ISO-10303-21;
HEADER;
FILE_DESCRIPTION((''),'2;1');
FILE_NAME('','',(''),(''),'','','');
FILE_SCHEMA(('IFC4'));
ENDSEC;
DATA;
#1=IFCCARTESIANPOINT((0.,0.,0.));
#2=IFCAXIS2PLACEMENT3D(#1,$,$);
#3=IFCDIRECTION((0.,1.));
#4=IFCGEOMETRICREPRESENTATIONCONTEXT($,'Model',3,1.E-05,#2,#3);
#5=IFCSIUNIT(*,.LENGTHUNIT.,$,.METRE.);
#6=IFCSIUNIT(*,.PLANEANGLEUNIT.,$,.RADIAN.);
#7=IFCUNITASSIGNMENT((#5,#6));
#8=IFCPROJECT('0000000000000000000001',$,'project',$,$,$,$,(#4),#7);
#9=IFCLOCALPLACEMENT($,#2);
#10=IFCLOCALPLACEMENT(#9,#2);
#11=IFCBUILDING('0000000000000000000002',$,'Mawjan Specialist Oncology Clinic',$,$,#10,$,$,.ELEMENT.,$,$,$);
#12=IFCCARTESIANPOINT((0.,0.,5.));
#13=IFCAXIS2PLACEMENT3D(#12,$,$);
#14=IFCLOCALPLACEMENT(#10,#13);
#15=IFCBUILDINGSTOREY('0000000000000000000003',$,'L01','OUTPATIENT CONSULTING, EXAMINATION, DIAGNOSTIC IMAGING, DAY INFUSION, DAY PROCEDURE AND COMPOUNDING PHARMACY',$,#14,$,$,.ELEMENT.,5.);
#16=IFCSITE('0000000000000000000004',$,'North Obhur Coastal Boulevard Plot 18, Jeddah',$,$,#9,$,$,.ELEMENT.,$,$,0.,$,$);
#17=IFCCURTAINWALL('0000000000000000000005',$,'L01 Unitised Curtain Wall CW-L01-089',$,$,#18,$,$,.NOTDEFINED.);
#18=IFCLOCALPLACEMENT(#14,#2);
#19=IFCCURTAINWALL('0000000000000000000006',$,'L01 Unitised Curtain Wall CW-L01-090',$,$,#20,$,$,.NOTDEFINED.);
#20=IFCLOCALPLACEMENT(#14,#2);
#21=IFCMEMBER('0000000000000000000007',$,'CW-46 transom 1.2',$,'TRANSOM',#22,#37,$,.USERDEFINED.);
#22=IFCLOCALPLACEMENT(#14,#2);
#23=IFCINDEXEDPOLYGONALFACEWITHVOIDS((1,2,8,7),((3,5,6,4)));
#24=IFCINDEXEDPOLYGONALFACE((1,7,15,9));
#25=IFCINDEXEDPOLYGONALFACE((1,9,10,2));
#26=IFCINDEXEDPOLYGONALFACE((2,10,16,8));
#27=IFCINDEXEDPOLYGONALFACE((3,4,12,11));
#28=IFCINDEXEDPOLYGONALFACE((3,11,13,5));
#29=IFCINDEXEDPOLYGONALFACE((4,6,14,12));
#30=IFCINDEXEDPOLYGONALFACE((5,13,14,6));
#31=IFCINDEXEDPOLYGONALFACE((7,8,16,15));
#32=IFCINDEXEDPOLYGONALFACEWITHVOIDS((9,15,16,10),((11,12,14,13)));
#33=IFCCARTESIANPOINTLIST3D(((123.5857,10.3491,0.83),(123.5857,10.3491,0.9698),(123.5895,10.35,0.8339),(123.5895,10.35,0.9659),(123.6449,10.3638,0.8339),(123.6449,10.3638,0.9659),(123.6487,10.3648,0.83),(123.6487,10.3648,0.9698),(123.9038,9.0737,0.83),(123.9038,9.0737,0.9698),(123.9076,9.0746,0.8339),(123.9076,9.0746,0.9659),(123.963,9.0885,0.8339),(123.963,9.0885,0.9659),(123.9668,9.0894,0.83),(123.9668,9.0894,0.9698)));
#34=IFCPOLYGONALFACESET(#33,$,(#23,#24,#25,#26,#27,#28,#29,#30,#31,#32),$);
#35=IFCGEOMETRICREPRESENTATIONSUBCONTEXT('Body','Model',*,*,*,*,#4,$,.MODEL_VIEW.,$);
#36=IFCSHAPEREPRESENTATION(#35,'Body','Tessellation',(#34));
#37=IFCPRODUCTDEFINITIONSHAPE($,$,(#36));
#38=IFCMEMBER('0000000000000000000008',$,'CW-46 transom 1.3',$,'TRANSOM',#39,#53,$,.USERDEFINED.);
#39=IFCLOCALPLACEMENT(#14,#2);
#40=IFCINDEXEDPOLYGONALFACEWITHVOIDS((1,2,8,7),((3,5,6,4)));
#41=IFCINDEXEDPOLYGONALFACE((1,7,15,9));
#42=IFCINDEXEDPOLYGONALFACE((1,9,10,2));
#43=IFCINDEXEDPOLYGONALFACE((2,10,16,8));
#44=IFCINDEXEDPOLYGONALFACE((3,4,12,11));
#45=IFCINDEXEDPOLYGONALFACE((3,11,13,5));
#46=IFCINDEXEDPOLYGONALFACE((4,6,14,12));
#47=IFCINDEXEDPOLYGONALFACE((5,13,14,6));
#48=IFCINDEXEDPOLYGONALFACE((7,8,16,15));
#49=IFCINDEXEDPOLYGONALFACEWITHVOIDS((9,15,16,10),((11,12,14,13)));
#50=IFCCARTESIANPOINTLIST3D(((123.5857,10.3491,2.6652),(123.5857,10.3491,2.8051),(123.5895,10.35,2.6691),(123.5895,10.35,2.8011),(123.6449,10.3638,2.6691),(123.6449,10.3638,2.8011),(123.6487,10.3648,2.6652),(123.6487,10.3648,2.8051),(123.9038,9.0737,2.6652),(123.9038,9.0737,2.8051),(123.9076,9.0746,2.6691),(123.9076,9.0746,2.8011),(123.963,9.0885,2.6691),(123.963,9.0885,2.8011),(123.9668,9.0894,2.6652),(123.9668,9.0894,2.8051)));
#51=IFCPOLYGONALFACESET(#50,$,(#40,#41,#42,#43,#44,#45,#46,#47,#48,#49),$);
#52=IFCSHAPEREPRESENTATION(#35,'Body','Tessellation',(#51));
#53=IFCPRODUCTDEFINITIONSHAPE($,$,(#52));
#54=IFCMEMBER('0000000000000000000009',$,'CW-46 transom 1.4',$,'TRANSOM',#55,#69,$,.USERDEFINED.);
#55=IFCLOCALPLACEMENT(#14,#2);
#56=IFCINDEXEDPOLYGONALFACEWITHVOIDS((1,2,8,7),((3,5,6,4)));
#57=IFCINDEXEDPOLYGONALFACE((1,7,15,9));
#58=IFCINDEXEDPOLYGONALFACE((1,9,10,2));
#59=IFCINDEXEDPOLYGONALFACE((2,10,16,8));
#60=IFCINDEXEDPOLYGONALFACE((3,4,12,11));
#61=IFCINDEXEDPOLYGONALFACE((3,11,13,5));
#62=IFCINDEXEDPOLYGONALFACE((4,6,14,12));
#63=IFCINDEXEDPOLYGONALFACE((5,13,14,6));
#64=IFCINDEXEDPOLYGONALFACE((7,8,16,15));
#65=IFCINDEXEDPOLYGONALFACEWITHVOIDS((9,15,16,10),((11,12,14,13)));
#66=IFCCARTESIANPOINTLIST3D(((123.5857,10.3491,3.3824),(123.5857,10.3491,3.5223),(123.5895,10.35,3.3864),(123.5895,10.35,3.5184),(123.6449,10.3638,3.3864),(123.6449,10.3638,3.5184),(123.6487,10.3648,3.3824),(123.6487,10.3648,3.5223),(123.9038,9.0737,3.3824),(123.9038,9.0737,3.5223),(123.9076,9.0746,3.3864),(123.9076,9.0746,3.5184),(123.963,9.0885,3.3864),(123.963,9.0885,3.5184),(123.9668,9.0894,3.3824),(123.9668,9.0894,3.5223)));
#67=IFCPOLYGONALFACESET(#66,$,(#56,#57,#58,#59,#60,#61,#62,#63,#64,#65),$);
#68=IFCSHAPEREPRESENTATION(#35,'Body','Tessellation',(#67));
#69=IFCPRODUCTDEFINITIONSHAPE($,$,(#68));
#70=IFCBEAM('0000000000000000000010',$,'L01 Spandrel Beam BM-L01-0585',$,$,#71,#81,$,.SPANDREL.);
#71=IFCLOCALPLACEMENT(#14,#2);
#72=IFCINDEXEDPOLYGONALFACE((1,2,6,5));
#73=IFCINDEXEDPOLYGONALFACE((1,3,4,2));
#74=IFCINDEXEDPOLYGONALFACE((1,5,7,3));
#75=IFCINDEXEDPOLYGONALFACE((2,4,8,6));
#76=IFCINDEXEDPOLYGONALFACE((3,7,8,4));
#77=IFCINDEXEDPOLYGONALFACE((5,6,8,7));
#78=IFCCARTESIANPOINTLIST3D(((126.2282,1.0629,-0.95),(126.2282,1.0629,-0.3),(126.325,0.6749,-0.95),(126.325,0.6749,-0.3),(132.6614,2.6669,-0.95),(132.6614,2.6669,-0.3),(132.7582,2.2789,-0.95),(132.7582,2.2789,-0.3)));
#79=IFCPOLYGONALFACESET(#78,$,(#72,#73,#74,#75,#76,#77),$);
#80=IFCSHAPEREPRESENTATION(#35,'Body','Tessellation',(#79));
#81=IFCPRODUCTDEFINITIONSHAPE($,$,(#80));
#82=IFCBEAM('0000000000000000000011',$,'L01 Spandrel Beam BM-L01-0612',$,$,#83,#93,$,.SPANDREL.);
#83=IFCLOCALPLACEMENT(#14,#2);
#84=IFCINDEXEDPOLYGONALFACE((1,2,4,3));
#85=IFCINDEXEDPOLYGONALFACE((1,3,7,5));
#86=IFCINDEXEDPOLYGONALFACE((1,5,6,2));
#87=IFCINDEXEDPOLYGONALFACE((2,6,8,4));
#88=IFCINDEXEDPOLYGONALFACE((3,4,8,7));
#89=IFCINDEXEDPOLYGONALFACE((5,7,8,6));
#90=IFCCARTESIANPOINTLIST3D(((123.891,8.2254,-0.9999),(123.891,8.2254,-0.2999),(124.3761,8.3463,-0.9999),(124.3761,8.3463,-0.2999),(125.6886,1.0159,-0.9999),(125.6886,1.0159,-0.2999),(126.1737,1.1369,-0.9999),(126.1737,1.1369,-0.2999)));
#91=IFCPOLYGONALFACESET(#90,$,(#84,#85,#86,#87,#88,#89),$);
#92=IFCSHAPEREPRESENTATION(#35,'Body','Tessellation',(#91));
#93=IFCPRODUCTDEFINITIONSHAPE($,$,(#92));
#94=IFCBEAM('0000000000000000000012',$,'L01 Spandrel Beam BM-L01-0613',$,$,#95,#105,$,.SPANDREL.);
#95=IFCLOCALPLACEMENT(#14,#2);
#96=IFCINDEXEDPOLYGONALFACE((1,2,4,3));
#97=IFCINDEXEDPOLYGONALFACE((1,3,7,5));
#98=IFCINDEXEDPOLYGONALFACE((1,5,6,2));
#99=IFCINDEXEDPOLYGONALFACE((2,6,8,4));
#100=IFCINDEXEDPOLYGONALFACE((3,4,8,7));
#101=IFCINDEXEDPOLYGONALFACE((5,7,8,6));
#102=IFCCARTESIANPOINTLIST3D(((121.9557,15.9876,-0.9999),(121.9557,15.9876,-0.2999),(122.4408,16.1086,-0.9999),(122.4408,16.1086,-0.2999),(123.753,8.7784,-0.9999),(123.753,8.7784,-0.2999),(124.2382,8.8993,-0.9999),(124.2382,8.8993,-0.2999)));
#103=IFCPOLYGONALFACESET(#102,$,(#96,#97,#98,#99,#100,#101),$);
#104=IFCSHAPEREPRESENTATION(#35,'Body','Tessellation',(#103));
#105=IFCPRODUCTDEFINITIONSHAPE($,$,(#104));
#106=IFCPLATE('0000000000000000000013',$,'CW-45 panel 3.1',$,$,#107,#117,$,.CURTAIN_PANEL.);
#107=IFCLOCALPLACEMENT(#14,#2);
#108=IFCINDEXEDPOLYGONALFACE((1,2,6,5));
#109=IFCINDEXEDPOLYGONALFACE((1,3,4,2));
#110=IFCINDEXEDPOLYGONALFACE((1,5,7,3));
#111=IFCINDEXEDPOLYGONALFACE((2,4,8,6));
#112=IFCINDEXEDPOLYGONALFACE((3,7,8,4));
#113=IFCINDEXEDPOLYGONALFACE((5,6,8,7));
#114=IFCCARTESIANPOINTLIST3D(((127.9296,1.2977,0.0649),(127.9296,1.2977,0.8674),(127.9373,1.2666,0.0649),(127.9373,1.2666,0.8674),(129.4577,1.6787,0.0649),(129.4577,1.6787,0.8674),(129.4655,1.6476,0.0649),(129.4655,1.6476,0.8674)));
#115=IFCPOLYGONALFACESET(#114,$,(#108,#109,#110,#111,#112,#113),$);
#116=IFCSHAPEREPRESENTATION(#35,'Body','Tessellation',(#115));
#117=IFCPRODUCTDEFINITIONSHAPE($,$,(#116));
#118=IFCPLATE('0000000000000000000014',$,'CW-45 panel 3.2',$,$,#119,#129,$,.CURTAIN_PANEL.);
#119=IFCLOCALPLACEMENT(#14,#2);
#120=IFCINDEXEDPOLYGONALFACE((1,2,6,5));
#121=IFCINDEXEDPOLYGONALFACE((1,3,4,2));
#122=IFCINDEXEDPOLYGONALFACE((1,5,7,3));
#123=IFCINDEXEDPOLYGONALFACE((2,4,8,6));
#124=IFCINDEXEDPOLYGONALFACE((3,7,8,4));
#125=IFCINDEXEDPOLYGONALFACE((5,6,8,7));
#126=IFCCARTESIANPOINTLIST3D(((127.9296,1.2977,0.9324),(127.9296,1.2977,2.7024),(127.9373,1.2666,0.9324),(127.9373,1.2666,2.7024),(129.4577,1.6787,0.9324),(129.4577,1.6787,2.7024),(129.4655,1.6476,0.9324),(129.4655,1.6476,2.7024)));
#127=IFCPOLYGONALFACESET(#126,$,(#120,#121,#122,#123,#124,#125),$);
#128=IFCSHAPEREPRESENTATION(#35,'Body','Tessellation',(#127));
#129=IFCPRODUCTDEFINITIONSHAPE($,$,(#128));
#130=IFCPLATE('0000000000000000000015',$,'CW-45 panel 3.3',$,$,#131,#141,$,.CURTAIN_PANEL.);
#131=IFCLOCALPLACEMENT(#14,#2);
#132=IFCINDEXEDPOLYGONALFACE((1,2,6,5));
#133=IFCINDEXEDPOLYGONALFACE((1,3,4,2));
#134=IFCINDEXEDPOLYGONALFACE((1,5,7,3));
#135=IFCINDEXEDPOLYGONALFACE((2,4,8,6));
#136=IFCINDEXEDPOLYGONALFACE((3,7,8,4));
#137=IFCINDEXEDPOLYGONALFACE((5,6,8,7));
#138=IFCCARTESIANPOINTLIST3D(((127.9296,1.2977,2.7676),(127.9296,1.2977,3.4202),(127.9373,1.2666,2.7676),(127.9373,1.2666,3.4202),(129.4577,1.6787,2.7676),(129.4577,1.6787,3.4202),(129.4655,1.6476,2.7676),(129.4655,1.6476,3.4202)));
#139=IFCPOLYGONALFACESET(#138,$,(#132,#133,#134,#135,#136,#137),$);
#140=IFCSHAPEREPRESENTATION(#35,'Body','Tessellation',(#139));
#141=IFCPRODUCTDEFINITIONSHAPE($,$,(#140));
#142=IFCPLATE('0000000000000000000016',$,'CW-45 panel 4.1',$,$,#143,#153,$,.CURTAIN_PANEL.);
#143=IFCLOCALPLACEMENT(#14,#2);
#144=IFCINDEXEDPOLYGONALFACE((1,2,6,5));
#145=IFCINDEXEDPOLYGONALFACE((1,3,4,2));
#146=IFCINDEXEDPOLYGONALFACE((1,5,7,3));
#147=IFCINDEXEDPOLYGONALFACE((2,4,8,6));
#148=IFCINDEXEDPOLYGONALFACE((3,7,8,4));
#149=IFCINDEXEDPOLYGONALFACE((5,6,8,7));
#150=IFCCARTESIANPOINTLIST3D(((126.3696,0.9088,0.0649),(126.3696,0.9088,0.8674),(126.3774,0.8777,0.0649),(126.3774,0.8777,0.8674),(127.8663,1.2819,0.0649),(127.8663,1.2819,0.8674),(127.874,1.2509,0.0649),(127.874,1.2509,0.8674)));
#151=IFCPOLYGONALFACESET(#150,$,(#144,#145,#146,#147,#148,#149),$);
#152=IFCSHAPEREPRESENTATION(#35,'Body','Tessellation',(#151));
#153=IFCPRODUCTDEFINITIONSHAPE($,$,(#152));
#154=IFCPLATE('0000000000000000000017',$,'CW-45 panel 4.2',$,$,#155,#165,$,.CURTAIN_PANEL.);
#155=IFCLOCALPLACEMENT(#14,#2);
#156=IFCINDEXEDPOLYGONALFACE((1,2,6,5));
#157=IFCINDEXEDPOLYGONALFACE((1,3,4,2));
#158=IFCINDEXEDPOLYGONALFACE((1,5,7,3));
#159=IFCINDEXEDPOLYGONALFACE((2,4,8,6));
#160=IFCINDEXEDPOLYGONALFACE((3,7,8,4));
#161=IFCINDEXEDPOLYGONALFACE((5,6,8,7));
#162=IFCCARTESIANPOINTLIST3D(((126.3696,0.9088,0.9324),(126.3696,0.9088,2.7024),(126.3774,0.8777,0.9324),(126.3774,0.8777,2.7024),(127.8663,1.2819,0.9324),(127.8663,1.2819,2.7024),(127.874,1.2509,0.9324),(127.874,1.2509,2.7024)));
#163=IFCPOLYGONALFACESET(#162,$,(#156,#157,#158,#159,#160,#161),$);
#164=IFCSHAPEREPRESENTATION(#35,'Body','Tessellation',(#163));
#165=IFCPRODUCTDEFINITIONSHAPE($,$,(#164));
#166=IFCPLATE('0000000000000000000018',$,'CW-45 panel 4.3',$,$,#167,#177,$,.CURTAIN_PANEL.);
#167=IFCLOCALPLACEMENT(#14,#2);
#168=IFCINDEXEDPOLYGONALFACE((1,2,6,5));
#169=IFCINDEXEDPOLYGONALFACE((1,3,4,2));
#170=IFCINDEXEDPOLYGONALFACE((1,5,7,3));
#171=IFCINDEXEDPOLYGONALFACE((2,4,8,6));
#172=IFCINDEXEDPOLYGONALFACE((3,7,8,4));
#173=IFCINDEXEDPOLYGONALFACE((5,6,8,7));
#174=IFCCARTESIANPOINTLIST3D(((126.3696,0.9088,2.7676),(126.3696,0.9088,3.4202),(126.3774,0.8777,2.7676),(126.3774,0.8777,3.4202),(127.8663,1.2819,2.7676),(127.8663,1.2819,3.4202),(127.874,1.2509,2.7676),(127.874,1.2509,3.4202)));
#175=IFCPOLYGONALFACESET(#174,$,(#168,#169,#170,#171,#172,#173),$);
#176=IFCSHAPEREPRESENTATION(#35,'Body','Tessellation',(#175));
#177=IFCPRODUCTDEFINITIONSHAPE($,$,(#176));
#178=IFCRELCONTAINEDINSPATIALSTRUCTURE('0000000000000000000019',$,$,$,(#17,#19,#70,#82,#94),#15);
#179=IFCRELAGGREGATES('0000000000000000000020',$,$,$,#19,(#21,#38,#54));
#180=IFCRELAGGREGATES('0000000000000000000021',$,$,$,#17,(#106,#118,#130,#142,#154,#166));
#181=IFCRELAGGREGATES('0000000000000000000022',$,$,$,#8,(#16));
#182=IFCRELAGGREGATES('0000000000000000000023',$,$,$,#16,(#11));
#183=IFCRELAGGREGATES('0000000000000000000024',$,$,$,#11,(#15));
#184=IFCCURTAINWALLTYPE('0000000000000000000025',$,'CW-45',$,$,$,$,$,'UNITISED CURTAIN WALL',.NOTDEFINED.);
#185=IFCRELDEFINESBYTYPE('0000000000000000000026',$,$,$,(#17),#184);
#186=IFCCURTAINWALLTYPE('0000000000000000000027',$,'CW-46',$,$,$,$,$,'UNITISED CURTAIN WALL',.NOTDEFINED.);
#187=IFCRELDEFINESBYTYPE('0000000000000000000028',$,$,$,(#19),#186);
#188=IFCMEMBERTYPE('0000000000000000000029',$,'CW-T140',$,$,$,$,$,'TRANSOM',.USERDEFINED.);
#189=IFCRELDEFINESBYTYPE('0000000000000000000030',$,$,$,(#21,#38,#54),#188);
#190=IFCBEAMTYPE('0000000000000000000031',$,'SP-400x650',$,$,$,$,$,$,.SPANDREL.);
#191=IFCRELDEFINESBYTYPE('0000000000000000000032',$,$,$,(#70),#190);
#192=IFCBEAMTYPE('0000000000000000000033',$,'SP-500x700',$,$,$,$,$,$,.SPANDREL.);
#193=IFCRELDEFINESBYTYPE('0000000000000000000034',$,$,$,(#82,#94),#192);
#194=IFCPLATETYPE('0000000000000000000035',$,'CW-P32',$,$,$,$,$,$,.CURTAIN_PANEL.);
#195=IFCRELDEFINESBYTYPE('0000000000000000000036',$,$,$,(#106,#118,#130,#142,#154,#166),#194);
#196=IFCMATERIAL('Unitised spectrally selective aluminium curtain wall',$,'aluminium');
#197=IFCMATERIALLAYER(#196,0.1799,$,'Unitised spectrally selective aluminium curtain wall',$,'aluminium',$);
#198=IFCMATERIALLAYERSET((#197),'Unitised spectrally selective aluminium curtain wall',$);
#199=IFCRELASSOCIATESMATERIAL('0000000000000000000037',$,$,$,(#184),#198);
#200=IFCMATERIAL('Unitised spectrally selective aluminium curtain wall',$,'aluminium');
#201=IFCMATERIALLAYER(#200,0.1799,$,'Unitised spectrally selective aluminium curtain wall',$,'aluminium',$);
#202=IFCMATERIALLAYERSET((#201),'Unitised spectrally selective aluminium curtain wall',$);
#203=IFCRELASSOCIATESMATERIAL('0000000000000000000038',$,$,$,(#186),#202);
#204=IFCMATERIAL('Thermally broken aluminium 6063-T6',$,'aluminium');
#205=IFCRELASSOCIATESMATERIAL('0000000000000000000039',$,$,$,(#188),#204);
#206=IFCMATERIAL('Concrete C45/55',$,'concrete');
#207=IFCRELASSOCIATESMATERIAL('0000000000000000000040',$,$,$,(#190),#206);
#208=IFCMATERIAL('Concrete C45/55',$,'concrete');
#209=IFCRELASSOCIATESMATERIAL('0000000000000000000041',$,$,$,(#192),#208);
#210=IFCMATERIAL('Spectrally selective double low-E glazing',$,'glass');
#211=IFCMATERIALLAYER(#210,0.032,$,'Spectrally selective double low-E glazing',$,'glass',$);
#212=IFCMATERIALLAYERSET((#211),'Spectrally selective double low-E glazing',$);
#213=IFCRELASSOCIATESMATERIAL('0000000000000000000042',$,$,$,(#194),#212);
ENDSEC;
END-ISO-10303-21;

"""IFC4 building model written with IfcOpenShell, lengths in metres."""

from ifc_helpers import new_model, si_unit, direction, frame, origin, origin_2d, place, context, subcontext, project, spatial, rectangle, hollow_rectangle, extrude, material, layer, layer_set, material_profile, profile_set, type_object, element, aggregate, save


model = new_model("IFC4")

# Units and contexts
model_context = context("Model", 3, precision=1e-05, world=origin(), true_north=direction((0.0, 1.0)))
body_context = subcontext(model_context, "Body", "Model", "MODEL_VIEW")
ifc_project = project(units=[si_unit("LENGTHUNIT", "METRE"), si_unit("PLANEANGLEUNIT", "RADIAN")], contexts=[model_context])

# Site, building, storey
site_placement = place(None, origin())
site = spatial("IfcSite", under=ifc_project, at=site_placement, Name="North Obhur Coastal Boulevard Plot 18, Jeddah", CompositionType="ELEMENT", RefElevation=0.0)
building_placement = place(site_placement, origin())
building = spatial("IfcBuilding", under=site, at=building_placement, Name="Mawjan Specialist Oncology Clinic", CompositionType="ELEMENT")
storey_placement = place(building_placement, frame((0.0, 0.0, 5.0)))
storey = spatial("IfcBuildingStorey", under=building, at=storey_placement, Name="L01", Description="OUTPATIENT CONSULTING, EXAMINATION, DIAGNOSTIC IMAGING, DAY INFUSION, DAY PROCEDURE AND COMPOUNDING PHARMACY", CompositionType="ELEMENT", Elevation=5.0)

# Curtain wall
ifc_material_1 = material(Name="Unitised spectrally selective aluminium curtain wall", Category="aluminium")
ifc_layer_1 = layer(ifc_material_1, 0.1799, Name="Unitised spectrally selective aluminium curtain wall", Category="aluminium")
ifc_layer_set_1 = layer_set([ifc_layer_1], Name="Unitised spectrally selective aluminium curtain wall")
curtain_wall_type_1 = type_object("IfcCurtainWallType", Name="CW-45", ElementType="UNITISED CURTAIN WALL", PredefinedType="NOTDEFINED", material=ifc_layer_set_1)
curtain_wall_1_placement = place(storey_placement, origin())
curtain_wall_1 = element("IfcCurtainWall", 1, at=curtain_wall_1_placement, inside=storey, type_object=curtain_wall_type_1, Name="L01 Unitised Curtain Wall CW-L01-089", PredefinedType="NOTDEFINED")

# Curtain wall
ifc_material_2 = material(Name="Unitised spectrally selective aluminium curtain wall", Category="aluminium")
ifc_layer_2 = layer(ifc_material_2, 0.1799, Name="Unitised spectrally selective aluminium curtain wall", Category="aluminium")
ifc_layer_set_2 = layer_set([ifc_layer_2], Name="Unitised spectrally selective aluminium curtain wall")
curtain_wall_type_2 = type_object("IfcCurtainWallType", Name="CW-46", ElementType="UNITISED CURTAIN WALL", PredefinedType="NOTDEFINED", material=ifc_layer_set_2)
curtain_wall_2_placement = place(storey_placement, origin())
curtain_wall_2 = element("IfcCurtainWall", 2, at=curtain_wall_2_placement, inside=storey, type_object=curtain_wall_type_2, Name="L01 Unitised Curtain Wall CW-L01-090", PredefinedType="NOTDEFINED")

# Members
ifc_material_3 = material(Name="Thermally broken aluminium 6063-T6", Category="aluminium")
ifc_material_profile_1 = material_profile(ifc_material_3, hollow_rectangle(XDim=0.0649, YDim=0.1399, WallThickness=0.0039, at=origin_2d()), Name="ALU TRANSOM 140x65x4", Category="aluminium")
ifc_profile_set_1 = profile_set([ifc_material_profile_1], Name="Thermally broken aluminium 6063-T6")
member_type_1 = type_object("IfcMemberType", Name="CW-T140", ElementType="TRANSOM", PredefinedType="USERDEFINED", material=ifc_profile_set_1)
member_1_placement = place(storey_placement, frame((123.9353, 9.0815, 0.8999), z_axis=(-0.242011, 0.970273, 0.0), x_axis=(-0.970273, -0.242011, 0.0)))
member_1 = element("IfcMember", 3, at=member_1_placement, type_object=member_type_1, Name="CW-46 transom 1.2", ObjectType="TRANSOM", PredefinedType="USERDEFINED", context=body_context, shape_type="SweptSolid", body=[
    extrude(hollow_rectangle(XDim=0.0649, YDim=0.1399, WallThickness=0.0039, at=origin_2d()), origin(), (0.0, 0.0, 1.0), 1.3145),
])
member_2_placement = place(storey_placement, frame((123.9353, 9.0815, 2.7351), z_axis=(-0.242011, 0.970273, 0.0), x_axis=(-0.970273, -0.242011, 0.0)))
member_2 = element("IfcMember", 4, at=member_2_placement, type_object=member_type_1, Name="CW-46 transom 1.3", ObjectType="TRANSOM", PredefinedType="USERDEFINED", context=body_context, shape_type="SweptSolid", body=[
    extrude(hollow_rectangle(XDim=0.0649, YDim=0.1399, WallThickness=0.0039, at=origin_2d()), origin(), (0.0, 0.0, 1.0), 1.3145),
])
member_3_placement = place(storey_placement, frame((123.9353, 9.0815, 3.4524), z_axis=(-0.242011, 0.970273, 0.0), x_axis=(-0.970273, -0.242011, 0.0)))
member_3 = element("IfcMember", 5, at=member_3_placement, type_object=member_type_1, Name="CW-46 transom 1.4", ObjectType="TRANSOM", PredefinedType="USERDEFINED", context=body_context, shape_type="SweptSolid", body=[
    extrude(hollow_rectangle(XDim=0.0649, YDim=0.1399, WallThickness=0.0039, at=origin_2d()), origin(), (0.0, 0.0, 1.0), 1.3145),
])
aggregate(curtain_wall_2, [member_1, member_2, member_3])

# Beams
ifc_material_4 = material(Name="Concrete C45/55", Category="concrete")
ifc_material_profile_2 = material_profile(ifc_material_4, rectangle(XDim=0.3999, YDim=0.6499, at=origin_2d()), Name="RC BM 400x650", Category="concrete")
ifc_profile_set_2 = profile_set([ifc_material_profile_2], Name="Concrete C45/55")
beam_type_1 = type_object("IfcBeamType", Name="SP-400x650", PredefinedType="SPANDREL", material=ifc_profile_set_2)
beam_1_placement = place(storey_placement, frame((126.2766, 0.8689, -0.625), z_axis=(0.970294, 0.241929, 0.0), x_axis=(-0.241929, 0.970294, 0.0)))
element("IfcBeam", 6, at=beam_1_placement, inside=storey, type_object=beam_type_1, Name="L01 Spandrel Beam BM-L01-0585", PredefinedType="SPANDREL", context=body_context, shape_type="SweptSolid", body=[
    extrude(rectangle(XDim=0.3999, YDim=0.6499, at=origin_2d()), origin(), (0.0, 0.0, 1.0), 6.6301),
])
ifc_material_5 = material(Name="Concrete C45/55", Category="concrete")
ifc_material_profile_3 = material_profile(ifc_material_5, rectangle(XDim=0.5, YDim=0.7, at=origin_2d()), Name="RC BM 500x700", Category="concrete")
ifc_profile_set_3 = profile_set([ifc_material_profile_3], Name="Concrete C45/55")
beam_type_2 = type_object("IfcBeamType", Name="SP-500x700", PredefinedType="SPANDREL", material=ifc_profile_set_3)
beam_2_placement = place(storey_placement, frame((125.9312, 1.0764, -0.6499), z_axis=(-0.241933, 0.970293, 0.0), x_axis=(-0.970293, -0.241933, 0.0)))
element("IfcBeam", 7, at=beam_2_placement, inside=storey, type_object=beam_type_2, Name="L01 Spandrel Beam BM-L01-0612", PredefinedType="SPANDREL", context=body_context, shape_type="SweptSolid", body=[
    extrude(rectangle(XDim=0.5, YDim=0.7, at=origin_2d()), origin(), (0.0, 0.0, 1.0), 7.4302),
])
beam_3_placement = place(storey_placement, frame((123.9956, 8.8389, -0.6499), z_axis=(-0.241909, 0.970299, 0.0), x_axis=(-0.970299, -0.241909, 0.0)))
element("IfcBeam", 8, at=beam_3_placement, inside=storey, type_object=beam_type_2, Name="L01 Spandrel Beam BM-L01-0613", PredefinedType="SPANDREL", context=body_context, shape_type="SweptSolid", body=[
    extrude(rectangle(XDim=0.5, YDim=0.7, at=origin_2d()), origin(), (0.0, 0.0, 1.0), 7.4299),
])

# Plates
ifc_material_6 = material(Name="Spectrally selective double low-E glazing", Category="glass")
ifc_layer_3 = layer(ifc_material_6, 0.032, Name="Spectrally selective double low-E glazing", Category="glass")
ifc_layer_set_3 = layer_set([ifc_layer_3], Name="Spectrally selective double low-E glazing")
plate_type = type_object("IfcPlateType", Name="CW-P32", PredefinedType="CURTAIN_PANEL", material=ifc_layer_set_3)
plate_1_placement = place(storey_placement, frame((128.6975, 1.4727, 0.0649), z_axis=(0.0, 0.0, 1.0), x_axis=(-0.970296, -0.241922, 0.0)))
plate_1 = element("IfcPlate", 9, at=plate_1_placement, type_object=plate_type, Name="CW-45 panel 3.1", PredefinedType="CURTAIN_PANEL", context=body_context, shape_type="SweptSolid", body=[
    extrude(rectangle(XDim=1.575, YDim=0.032, at=origin_2d()), origin(), (0.0, 0.0, 1.0), 0.8025),
])
plate_2_placement = place(storey_placement, frame((128.6975, 1.4727, 0.9324), z_axis=(0.0, 0.0, 1.0), x_axis=(-0.970296, -0.241922, 0.0)))
plate_2 = element("IfcPlate", 10, at=plate_2_placement, type_object=plate_type, Name="CW-45 panel 3.2", PredefinedType="CURTAIN_PANEL", context=body_context, shape_type="SweptSolid", body=[
    extrude(rectangle(XDim=1.575, YDim=0.032, at=origin_2d()), origin(), (0.0, 0.0, 1.0), 1.77),
])
plate_3_placement = place(storey_placement, frame((128.6975, 1.4727, 2.7676), z_axis=(0.0, 0.0, 1.0), x_axis=(-0.970296, -0.241922, 0.0)))
plate_3 = element("IfcPlate", 11, at=plate_3_placement, type_object=plate_type, Name="CW-45 panel 3.3", PredefinedType="CURTAIN_PANEL", context=body_context, shape_type="SweptSolid", body=[
    extrude(rectangle(XDim=1.575, YDim=0.032, at=origin_2d()), origin(), (0.0, 0.0, 1.0), 0.6526),
])
plate_4_placement = place(storey_placement, frame((127.1218, 1.0798, 0.0649), z_axis=(0.0, 0.0, 1.0), x_axis=(-0.970296, -0.241922, 0.0)))
plate_4 = element("IfcPlate", 12, at=plate_4_placement, type_object=plate_type, Name="CW-45 panel 4.1", PredefinedType="CURTAIN_PANEL", context=body_context, shape_type="SweptSolid", body=[
    extrude(rectangle(XDim=1.5425, YDim=0.032, at=origin_2d()), origin(), (0.0, 0.0, 1.0), 0.8025),
])
plate_5_placement = place(storey_placement, frame((127.1218, 1.0798, 0.9324), z_axis=(0.0, 0.0, 1.0), x_axis=(-0.970296, -0.241922, 0.0)))
plate_5 = element("IfcPlate", 13, at=plate_5_placement, type_object=plate_type, Name="CW-45 panel 4.2", PredefinedType="CURTAIN_PANEL", context=body_context, shape_type="SweptSolid", body=[
    extrude(rectangle(XDim=1.5425, YDim=0.032, at=origin_2d()), origin(), (0.0, 0.0, 1.0), 1.77),
])
plate_6_placement = place(storey_placement, frame((127.1218, 1.0798, 2.7676), z_axis=(0.0, 0.0, 1.0), x_axis=(-0.970296, -0.241922, 0.0)))
plate_6 = element("IfcPlate", 14, at=plate_6_placement, type_object=plate_type, Name="CW-45 panel 4.3", PredefinedType="CURTAIN_PANEL", context=body_context, shape_type="SweptSolid", body=[
    extrude(rectangle(XDim=1.5425, YDim=0.032, at=origin_2d()), origin(), (0.0, 0.0, 1.0), 0.6526),
])
aggregate(curtain_wall_1, [plate_1, plate_2, plate_3, plate_4, plate_5, plate_6])

save(model, "model.ifc")
